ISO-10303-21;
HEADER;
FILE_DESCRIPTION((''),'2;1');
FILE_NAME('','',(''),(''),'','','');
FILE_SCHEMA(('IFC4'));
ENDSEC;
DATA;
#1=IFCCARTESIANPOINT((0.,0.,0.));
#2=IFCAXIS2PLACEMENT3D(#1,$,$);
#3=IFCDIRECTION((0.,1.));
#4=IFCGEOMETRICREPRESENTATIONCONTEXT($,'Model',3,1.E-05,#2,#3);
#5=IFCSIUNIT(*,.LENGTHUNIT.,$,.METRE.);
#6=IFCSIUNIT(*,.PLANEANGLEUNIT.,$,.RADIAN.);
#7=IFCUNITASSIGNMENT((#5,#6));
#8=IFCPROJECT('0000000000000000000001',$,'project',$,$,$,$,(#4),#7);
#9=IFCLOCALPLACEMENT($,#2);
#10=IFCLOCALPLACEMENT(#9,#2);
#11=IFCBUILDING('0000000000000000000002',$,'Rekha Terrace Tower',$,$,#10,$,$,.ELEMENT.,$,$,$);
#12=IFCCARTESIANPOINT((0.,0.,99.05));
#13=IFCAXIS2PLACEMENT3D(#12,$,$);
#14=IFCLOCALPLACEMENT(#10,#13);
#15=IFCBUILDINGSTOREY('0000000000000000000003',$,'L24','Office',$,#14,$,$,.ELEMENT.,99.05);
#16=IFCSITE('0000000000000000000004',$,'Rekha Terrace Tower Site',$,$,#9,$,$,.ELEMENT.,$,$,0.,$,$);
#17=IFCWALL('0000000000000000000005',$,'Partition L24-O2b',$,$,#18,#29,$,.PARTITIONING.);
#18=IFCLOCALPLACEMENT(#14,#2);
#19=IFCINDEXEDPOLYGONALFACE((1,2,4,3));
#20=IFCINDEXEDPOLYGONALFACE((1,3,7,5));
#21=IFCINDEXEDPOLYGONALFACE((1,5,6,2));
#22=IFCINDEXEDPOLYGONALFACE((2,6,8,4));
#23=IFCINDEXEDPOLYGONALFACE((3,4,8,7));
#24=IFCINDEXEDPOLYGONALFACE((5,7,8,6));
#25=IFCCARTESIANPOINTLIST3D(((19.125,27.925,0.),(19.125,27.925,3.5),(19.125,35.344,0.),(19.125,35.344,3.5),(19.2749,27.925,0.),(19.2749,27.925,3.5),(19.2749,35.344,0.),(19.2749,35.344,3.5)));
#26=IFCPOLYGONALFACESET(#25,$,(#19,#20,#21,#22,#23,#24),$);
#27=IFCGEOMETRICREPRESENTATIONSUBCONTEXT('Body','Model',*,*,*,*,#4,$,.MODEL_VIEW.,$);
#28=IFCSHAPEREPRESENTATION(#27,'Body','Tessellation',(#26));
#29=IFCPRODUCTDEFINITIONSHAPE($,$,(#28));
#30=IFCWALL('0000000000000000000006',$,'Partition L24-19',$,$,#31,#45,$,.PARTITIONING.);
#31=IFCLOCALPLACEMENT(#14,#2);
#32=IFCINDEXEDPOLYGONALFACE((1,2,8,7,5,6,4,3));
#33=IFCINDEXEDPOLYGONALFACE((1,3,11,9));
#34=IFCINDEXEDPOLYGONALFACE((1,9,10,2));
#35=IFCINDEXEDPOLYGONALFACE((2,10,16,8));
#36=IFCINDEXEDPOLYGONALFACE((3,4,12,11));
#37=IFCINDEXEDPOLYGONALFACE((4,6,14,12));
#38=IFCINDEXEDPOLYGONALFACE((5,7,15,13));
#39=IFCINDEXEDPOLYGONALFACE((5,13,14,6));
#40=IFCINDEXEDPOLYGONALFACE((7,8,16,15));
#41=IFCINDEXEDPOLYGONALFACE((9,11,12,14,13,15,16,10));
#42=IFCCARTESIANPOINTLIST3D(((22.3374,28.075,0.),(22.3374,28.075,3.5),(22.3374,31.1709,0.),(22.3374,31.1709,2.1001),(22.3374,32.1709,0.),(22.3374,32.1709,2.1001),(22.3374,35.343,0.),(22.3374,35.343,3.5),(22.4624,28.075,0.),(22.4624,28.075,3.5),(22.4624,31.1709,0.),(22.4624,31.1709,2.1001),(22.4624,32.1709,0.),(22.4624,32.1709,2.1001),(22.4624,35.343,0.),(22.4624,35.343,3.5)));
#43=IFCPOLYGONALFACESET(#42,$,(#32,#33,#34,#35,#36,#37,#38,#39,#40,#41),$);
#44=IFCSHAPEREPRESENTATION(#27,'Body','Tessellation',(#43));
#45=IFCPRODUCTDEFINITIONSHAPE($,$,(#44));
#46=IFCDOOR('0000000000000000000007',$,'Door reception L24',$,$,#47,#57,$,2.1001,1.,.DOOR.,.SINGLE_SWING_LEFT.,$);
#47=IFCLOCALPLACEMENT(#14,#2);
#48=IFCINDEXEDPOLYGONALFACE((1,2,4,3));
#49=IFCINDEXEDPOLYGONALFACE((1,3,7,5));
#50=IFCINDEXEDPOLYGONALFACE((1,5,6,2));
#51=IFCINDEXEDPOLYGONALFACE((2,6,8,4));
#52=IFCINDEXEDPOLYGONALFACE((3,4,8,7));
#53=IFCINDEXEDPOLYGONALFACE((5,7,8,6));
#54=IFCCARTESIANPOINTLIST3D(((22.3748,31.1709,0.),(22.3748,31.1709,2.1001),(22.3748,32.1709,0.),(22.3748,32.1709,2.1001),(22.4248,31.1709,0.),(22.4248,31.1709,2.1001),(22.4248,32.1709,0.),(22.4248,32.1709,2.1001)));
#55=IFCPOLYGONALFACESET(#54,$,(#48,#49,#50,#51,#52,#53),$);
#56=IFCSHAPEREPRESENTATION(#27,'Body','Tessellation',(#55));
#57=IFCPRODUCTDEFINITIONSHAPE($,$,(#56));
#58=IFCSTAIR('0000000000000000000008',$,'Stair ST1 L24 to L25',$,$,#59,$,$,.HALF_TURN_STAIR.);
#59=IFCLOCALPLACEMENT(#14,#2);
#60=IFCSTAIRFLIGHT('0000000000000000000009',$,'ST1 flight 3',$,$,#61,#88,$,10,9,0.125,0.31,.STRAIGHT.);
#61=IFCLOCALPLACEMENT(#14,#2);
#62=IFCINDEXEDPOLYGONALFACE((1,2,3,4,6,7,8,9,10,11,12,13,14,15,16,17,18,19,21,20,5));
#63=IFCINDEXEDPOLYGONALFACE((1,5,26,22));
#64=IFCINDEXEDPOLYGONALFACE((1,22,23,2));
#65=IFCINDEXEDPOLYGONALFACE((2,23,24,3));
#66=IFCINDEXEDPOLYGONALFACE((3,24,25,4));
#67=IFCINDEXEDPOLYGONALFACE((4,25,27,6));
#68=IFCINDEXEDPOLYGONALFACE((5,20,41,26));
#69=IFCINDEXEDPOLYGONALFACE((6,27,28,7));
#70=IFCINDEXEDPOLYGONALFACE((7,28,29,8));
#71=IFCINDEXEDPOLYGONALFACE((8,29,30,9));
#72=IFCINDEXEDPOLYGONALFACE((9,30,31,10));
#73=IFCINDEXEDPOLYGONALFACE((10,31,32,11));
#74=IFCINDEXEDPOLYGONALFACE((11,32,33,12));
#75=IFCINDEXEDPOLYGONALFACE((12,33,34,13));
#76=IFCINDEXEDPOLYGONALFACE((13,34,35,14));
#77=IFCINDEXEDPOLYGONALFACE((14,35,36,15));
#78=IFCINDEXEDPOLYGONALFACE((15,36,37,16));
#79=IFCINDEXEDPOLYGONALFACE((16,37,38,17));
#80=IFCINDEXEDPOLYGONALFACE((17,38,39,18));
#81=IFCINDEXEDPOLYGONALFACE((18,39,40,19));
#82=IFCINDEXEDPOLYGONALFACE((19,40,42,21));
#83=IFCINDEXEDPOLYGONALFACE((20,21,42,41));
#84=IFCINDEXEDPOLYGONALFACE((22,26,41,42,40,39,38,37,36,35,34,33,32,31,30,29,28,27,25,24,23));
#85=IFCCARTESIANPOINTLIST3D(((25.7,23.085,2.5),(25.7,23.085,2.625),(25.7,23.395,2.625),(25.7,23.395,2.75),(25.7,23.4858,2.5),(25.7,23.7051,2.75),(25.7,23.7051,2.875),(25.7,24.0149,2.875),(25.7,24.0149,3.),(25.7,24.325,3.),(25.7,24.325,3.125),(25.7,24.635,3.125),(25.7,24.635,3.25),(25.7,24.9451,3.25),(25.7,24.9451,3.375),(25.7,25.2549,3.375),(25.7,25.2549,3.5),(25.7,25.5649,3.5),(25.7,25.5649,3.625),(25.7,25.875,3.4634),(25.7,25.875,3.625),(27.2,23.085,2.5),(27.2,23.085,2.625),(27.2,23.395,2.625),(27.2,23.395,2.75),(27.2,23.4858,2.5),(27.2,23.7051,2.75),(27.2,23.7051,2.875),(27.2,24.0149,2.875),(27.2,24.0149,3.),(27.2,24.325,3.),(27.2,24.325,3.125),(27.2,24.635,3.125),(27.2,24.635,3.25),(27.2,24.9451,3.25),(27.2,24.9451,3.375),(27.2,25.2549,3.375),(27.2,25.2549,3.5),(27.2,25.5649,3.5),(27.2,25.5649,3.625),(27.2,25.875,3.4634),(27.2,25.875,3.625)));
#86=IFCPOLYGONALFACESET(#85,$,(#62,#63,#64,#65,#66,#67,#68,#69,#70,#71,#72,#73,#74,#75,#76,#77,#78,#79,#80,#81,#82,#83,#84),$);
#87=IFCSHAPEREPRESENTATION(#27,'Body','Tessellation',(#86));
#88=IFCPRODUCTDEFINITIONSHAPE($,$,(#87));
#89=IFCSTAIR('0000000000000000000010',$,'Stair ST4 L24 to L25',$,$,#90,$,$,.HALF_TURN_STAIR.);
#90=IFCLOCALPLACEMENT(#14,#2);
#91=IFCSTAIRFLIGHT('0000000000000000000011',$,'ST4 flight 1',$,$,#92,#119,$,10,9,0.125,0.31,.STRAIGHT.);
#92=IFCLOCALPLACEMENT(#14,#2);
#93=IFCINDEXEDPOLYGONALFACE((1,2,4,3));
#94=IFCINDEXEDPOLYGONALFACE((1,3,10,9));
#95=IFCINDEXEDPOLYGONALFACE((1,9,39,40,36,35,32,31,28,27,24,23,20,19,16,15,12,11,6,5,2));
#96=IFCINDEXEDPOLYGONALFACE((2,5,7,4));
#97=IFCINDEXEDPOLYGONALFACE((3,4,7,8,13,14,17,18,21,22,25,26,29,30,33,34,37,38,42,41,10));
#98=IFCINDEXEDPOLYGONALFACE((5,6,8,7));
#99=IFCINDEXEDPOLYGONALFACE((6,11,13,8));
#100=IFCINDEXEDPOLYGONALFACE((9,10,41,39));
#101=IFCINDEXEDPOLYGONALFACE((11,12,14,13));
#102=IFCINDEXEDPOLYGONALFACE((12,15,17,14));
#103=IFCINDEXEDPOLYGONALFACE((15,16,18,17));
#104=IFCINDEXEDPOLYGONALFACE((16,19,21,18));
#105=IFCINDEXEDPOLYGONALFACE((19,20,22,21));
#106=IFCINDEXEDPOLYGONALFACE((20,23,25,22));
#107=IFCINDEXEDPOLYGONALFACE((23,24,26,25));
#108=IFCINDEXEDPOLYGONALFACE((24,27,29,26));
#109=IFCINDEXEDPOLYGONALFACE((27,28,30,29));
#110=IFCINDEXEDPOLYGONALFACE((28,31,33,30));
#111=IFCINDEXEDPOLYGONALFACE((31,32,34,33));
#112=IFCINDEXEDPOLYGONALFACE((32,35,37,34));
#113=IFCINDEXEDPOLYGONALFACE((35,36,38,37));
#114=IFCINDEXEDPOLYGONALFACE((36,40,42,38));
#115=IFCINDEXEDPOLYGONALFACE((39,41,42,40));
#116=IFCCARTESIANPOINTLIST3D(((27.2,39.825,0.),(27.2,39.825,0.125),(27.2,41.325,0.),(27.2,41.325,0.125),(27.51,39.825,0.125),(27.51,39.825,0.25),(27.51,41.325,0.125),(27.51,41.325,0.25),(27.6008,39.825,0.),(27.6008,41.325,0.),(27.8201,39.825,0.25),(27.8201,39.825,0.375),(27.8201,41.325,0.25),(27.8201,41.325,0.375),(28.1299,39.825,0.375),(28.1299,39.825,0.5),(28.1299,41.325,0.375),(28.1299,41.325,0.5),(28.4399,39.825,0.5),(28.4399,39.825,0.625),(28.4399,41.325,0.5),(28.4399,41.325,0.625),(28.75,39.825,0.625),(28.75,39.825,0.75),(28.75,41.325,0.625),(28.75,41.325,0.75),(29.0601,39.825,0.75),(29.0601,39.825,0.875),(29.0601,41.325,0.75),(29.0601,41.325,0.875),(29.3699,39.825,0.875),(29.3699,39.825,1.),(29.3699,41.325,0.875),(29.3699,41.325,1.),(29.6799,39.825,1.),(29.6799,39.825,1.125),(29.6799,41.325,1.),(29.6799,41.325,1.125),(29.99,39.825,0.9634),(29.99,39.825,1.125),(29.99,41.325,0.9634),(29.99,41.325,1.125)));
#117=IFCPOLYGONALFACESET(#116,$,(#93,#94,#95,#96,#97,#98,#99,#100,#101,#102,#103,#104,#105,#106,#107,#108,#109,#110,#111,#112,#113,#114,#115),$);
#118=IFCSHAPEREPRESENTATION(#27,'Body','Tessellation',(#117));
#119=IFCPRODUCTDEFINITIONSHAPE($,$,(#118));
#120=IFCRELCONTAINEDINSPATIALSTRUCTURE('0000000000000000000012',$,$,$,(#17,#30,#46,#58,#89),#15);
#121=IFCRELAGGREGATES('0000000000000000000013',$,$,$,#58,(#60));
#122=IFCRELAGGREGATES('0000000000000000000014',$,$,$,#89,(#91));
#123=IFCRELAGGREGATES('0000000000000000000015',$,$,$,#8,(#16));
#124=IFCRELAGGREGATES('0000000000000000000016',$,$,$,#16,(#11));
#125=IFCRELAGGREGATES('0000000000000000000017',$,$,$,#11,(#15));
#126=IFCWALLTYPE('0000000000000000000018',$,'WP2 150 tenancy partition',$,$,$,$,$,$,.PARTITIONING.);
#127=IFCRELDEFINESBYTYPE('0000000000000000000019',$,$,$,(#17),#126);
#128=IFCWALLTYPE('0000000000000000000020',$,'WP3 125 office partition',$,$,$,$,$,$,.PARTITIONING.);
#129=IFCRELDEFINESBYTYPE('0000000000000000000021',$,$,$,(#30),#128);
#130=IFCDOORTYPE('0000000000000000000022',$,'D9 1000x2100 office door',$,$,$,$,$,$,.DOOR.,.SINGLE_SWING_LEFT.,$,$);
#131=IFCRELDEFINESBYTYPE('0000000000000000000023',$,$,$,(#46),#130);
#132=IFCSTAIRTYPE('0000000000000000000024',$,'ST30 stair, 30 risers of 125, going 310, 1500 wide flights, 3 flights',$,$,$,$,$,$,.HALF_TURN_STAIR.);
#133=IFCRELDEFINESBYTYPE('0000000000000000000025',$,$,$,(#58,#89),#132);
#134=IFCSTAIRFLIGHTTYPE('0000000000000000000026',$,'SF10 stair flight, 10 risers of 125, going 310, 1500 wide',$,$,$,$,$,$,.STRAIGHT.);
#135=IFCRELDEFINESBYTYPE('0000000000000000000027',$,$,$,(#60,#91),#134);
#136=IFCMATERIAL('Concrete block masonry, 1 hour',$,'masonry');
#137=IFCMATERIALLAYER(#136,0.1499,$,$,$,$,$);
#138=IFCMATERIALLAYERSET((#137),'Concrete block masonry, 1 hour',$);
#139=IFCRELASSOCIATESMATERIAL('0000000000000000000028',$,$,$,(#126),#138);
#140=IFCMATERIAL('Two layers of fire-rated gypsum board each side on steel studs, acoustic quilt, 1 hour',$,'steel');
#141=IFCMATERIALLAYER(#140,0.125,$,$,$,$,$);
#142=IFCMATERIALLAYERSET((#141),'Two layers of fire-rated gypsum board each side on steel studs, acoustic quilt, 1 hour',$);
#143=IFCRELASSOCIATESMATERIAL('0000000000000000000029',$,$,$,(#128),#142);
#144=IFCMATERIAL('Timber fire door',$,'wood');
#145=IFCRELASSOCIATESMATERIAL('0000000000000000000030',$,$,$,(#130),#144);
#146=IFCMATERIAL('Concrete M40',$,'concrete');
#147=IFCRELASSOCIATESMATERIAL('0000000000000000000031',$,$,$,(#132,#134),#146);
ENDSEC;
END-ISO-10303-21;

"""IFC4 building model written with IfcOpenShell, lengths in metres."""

from ifc_helpers import new_model, si_unit, direction, frame, frame_2d, origin, place, context, subcontext, project, spatial, polyline, rectangle, outline, extrude, material, layer, layer_set, type_object, element, fill, aggregate, save


model = new_model("IFC4")

# Units and contexts
model_context = context("Model", 3, precision=1e-05, world=origin(), true_north=direction((0.0, 1.0)))
body_context = subcontext(model_context, "Body", "Model", "MODEL_VIEW")
ifc_project = project(units=[si_unit("LENGTHUNIT", "METRE"), si_unit("PLANEANGLEUNIT", "RADIAN")], contexts=[model_context])

# Site, building, storey
site_placement = place(None, origin())
site = spatial("IfcSite", under=ifc_project, at=site_placement, Name="Rekha Terrace Tower Site", CompositionType="ELEMENT", RefElevation=0.0)
building_placement = place(site_placement, origin())
building = spatial("IfcBuilding", under=site, at=building_placement, Name="Rekha Terrace Tower", CompositionType="ELEMENT")
storey_placement = place(building_placement, frame((0.0, 0.0, 99.05)))
storey = spatial("IfcBuildingStorey", under=building, at=storey_placement, Name="L24", Description="Office", CompositionType="ELEMENT", Elevation=99.05)

# Wall
ifc_material_1 = material(Name="Concrete block masonry, 1 hour", Category="masonry")
ifc_layer_1 = layer(ifc_material_1, 0.1499)
ifc_layer_set_1 = layer_set([ifc_layer_1], Name="Concrete block masonry, 1 hour")
wall_type_1 = type_object("IfcWallType", Name="WP2 150 tenancy partition", PredefinedType="PARTITIONING", material=ifc_layer_set_1)
wall_1_placement = place(storey_placement, frame((19.2, 35.344, 0.0), z_axis=(0.0, 0.0, 1.0), x_axis=(0.0, -1.0, 0.0)))
element("IfcWall", 1, at=wall_1_placement, inside=storey, type_object=wall_type_1, Name="Partition L24-O2b", PredefinedType="PARTITIONING", context=body_context, shape_type="SweptSolid", body=[
    extrude(rectangle(XDim=7.4189, YDim=0.1499, at=frame_2d((3.7095, 0.0))), origin(), (0.0, 0.0, 1.0), 3.5),
])

# Wall, opening, door
ifc_material_2 = material(Name="Two layers of fire-rated gypsum board each side on steel studs, acoustic quilt, 1 hour", Category="steel")
ifc_layer_2 = layer(ifc_material_2, 0.125)
ifc_layer_set_2 = layer_set([ifc_layer_2], Name="Two layers of fire-rated gypsum board each side on steel studs, acoustic quilt, 1 hour")
wall_type_2 = type_object("IfcWallType", Name="WP3 125 office partition", PredefinedType="PARTITIONING", material=ifc_layer_set_2)
wall_2_placement = place(storey_placement, frame((22.3999, 35.343, 0.0), z_axis=(0.0, 0.0, 1.0), x_axis=(0.0, -1.0, 0.0)))
wall_2 = element("IfcWall", 2, at=wall_2_placement, inside=storey, type_object=wall_type_2, Name="Partition L24-19", PredefinedType="PARTITIONING", context=body_context, shape_type="SweptSolid", body=[
    extrude(rectangle(XDim=7.2681, YDim=0.125, at=frame_2d((3.634, 0.0))), origin(), (0.0, 0.0, 1.0), 3.5),
])
opening_1_placement = place(wall_2_placement, frame((3.1721, 0.0, 0.0)))
opening_1 = element("IfcOpeningElement", 3, at=opening_1_placement, cuts=wall_2, PredefinedType="OPENING", context=body_context, shape_type="SweptSolid", body=[
    extrude(rectangle(XDim=1.0, YDim=2.1001, at=frame_2d((0.5, 1.05))), frame((0.0, 0.0725, 0.0), z_axis=(0.0, -1.0, 0.0), x_axis=(1.0, 0.0, 0.0)), (0.0, 0.0, 1.0), 0.145),
])
ifc_material_3 = material(Name="Timber fire door", Category="wood")
door_type_1 = type_object("IfcDoorType", Name="D9 1000x2100 office door", OperationType="SINGLE_SWING_LEFT", PredefinedType="DOOR", material=ifc_material_3)
door_1_placement = place(opening_1_placement, origin())
door_1 = element("IfcDoor", 4, at=door_1_placement, inside=storey, type_object=door_type_1, Name="Door reception L24", OperationType="SINGLE_SWING_LEFT", OverallHeight=2.1001, OverallWidth=1.0, PredefinedType="DOOR", context=body_context, shape_type="SweptSolid", body=[
    extrude(rectangle(XDim=1.0, YDim=2.1001, at=frame_2d((0.5, 1.05))), frame((0.0, 0.0249, 0.0), z_axis=(0.0, -1.0, 0.0), x_axis=(1.0, 0.0, 0.0)), (0.0, 0.0, 1.0), 0.05),
])
fill(opening_1, door_1)

# Stairs, stair flights
ifc_material_4 = material(Name="Concrete M40", Category="concrete")
stair_type = type_object("IfcStairType", Name="ST30 stair, 30 risers of 125, going 310, 1500 wide flights, 3 flights", PredefinedType="HALF_TURN_STAIR", material=ifc_material_4)
stair_1_placement = place(storey_placement, origin())
stair_1 = element("IfcStair", 5, at=stair_1_placement, inside=storey, type_object=stair_type, Name="Stair ST1 L24 to L25", PredefinedType="HALF_TURN_STAIR")
stair_flight_type = type_object("IfcStairFlightType", Name="SF10 stair flight, 10 risers of 125, going 310, 1500 wide", PredefinedType="STRAIGHT", material=ifc_material_4)
stair_flight_1_placement = place(storey_placement, frame((26.45, 23.085, 2.5), z_axis=(0.0, 0.0, 1.0), x_axis=(0.0, 1.0, 0.0)))
stair_flight_1 = element("IfcStairFlight", 6, at=stair_flight_1_placement, type_object=stair_flight_type, Name="ST1 flight 3", NumberOfRisers=10, NumberOfTreads=9, PredefinedType="STRAIGHT", RiserHeight=0.125, TreadLength=0.31, context=body_context, shape_type="SweptSolid", body=[
    extrude(outline(polyline([(0.0, 0.0), (0.0, 0.125), (0.3101, 0.125), (0.3101, 0.25), (0.6201, 0.25), (0.6201, 0.375), (0.9299, 0.375), (0.9299, 0.5), (1.24, 0.5), (1.24, 0.625), (1.55, 0.625), (1.55, 0.75), (1.8601, 0.75), (1.8601, 0.875), (2.1699, 0.875), (2.1699, 1.0), (2.48, 1.0), (2.48, 1.125), (2.79, 1.125), (2.79, 1.25), (2.79, 0.9634), (0.4009, 0.0), (0.0, 0.0)])), frame((0.0, 0.75, 0.0), z_axis=(0.0, -1.0, 0.0), x_axis=(1.0, 0.0, 0.0)), (0.0, 0.0, 1.0), 1.5),
])
aggregate(stair_1, [stair_flight_1])
stair_2_placement = place(storey_placement, origin())
stair_2 = element("IfcStair", 7, at=stair_2_placement, inside=storey, type_object=stair_type, Name="Stair ST4 L24 to L25", PredefinedType="HALF_TURN_STAIR")
stair_flight_2_placement = place(storey_placement, frame((27.2, 40.575, 0.0), z_axis=(0.0, 0.0, 1.0), x_axis=(1.0, 0.0, 0.0)))
stair_flight_2 = element("IfcStairFlight", 8, at=stair_flight_2_placement, type_object=stair_flight_type, Name="ST4 flight 1", NumberOfRisers=10, NumberOfTreads=9, PredefinedType="STRAIGHT", RiserHeight=0.125, TreadLength=0.31, context=body_context, shape_type="SweptSolid", body=[
    extrude(outline(polyline([(0.0, 0.0), (0.0, 0.125), (0.3101, 0.125), (0.3101, 0.25), (0.6201, 0.25), (0.6201, 0.375), (0.9299, 0.375), (0.9299, 0.5), (1.24, 0.5), (1.24, 0.625), (1.55, 0.625), (1.55, 0.75), (1.8601, 0.75), (1.8601, 0.875), (2.1699, 0.875), (2.1699, 1.0), (2.48, 1.0), (2.48, 1.125), (2.79, 1.125), (2.79, 1.25), (2.79, 0.9634), (0.4009, 0.0), (0.0, 0.0)])), frame((0.0, 0.75, 0.0), z_axis=(0.0, -1.0, 0.0), x_axis=(1.0, 0.0, 0.0)), (0.0, 0.0, 1.0), 1.5),
])
aggregate(stair_2, [stair_flight_2])

save(model, "model.ifc")
